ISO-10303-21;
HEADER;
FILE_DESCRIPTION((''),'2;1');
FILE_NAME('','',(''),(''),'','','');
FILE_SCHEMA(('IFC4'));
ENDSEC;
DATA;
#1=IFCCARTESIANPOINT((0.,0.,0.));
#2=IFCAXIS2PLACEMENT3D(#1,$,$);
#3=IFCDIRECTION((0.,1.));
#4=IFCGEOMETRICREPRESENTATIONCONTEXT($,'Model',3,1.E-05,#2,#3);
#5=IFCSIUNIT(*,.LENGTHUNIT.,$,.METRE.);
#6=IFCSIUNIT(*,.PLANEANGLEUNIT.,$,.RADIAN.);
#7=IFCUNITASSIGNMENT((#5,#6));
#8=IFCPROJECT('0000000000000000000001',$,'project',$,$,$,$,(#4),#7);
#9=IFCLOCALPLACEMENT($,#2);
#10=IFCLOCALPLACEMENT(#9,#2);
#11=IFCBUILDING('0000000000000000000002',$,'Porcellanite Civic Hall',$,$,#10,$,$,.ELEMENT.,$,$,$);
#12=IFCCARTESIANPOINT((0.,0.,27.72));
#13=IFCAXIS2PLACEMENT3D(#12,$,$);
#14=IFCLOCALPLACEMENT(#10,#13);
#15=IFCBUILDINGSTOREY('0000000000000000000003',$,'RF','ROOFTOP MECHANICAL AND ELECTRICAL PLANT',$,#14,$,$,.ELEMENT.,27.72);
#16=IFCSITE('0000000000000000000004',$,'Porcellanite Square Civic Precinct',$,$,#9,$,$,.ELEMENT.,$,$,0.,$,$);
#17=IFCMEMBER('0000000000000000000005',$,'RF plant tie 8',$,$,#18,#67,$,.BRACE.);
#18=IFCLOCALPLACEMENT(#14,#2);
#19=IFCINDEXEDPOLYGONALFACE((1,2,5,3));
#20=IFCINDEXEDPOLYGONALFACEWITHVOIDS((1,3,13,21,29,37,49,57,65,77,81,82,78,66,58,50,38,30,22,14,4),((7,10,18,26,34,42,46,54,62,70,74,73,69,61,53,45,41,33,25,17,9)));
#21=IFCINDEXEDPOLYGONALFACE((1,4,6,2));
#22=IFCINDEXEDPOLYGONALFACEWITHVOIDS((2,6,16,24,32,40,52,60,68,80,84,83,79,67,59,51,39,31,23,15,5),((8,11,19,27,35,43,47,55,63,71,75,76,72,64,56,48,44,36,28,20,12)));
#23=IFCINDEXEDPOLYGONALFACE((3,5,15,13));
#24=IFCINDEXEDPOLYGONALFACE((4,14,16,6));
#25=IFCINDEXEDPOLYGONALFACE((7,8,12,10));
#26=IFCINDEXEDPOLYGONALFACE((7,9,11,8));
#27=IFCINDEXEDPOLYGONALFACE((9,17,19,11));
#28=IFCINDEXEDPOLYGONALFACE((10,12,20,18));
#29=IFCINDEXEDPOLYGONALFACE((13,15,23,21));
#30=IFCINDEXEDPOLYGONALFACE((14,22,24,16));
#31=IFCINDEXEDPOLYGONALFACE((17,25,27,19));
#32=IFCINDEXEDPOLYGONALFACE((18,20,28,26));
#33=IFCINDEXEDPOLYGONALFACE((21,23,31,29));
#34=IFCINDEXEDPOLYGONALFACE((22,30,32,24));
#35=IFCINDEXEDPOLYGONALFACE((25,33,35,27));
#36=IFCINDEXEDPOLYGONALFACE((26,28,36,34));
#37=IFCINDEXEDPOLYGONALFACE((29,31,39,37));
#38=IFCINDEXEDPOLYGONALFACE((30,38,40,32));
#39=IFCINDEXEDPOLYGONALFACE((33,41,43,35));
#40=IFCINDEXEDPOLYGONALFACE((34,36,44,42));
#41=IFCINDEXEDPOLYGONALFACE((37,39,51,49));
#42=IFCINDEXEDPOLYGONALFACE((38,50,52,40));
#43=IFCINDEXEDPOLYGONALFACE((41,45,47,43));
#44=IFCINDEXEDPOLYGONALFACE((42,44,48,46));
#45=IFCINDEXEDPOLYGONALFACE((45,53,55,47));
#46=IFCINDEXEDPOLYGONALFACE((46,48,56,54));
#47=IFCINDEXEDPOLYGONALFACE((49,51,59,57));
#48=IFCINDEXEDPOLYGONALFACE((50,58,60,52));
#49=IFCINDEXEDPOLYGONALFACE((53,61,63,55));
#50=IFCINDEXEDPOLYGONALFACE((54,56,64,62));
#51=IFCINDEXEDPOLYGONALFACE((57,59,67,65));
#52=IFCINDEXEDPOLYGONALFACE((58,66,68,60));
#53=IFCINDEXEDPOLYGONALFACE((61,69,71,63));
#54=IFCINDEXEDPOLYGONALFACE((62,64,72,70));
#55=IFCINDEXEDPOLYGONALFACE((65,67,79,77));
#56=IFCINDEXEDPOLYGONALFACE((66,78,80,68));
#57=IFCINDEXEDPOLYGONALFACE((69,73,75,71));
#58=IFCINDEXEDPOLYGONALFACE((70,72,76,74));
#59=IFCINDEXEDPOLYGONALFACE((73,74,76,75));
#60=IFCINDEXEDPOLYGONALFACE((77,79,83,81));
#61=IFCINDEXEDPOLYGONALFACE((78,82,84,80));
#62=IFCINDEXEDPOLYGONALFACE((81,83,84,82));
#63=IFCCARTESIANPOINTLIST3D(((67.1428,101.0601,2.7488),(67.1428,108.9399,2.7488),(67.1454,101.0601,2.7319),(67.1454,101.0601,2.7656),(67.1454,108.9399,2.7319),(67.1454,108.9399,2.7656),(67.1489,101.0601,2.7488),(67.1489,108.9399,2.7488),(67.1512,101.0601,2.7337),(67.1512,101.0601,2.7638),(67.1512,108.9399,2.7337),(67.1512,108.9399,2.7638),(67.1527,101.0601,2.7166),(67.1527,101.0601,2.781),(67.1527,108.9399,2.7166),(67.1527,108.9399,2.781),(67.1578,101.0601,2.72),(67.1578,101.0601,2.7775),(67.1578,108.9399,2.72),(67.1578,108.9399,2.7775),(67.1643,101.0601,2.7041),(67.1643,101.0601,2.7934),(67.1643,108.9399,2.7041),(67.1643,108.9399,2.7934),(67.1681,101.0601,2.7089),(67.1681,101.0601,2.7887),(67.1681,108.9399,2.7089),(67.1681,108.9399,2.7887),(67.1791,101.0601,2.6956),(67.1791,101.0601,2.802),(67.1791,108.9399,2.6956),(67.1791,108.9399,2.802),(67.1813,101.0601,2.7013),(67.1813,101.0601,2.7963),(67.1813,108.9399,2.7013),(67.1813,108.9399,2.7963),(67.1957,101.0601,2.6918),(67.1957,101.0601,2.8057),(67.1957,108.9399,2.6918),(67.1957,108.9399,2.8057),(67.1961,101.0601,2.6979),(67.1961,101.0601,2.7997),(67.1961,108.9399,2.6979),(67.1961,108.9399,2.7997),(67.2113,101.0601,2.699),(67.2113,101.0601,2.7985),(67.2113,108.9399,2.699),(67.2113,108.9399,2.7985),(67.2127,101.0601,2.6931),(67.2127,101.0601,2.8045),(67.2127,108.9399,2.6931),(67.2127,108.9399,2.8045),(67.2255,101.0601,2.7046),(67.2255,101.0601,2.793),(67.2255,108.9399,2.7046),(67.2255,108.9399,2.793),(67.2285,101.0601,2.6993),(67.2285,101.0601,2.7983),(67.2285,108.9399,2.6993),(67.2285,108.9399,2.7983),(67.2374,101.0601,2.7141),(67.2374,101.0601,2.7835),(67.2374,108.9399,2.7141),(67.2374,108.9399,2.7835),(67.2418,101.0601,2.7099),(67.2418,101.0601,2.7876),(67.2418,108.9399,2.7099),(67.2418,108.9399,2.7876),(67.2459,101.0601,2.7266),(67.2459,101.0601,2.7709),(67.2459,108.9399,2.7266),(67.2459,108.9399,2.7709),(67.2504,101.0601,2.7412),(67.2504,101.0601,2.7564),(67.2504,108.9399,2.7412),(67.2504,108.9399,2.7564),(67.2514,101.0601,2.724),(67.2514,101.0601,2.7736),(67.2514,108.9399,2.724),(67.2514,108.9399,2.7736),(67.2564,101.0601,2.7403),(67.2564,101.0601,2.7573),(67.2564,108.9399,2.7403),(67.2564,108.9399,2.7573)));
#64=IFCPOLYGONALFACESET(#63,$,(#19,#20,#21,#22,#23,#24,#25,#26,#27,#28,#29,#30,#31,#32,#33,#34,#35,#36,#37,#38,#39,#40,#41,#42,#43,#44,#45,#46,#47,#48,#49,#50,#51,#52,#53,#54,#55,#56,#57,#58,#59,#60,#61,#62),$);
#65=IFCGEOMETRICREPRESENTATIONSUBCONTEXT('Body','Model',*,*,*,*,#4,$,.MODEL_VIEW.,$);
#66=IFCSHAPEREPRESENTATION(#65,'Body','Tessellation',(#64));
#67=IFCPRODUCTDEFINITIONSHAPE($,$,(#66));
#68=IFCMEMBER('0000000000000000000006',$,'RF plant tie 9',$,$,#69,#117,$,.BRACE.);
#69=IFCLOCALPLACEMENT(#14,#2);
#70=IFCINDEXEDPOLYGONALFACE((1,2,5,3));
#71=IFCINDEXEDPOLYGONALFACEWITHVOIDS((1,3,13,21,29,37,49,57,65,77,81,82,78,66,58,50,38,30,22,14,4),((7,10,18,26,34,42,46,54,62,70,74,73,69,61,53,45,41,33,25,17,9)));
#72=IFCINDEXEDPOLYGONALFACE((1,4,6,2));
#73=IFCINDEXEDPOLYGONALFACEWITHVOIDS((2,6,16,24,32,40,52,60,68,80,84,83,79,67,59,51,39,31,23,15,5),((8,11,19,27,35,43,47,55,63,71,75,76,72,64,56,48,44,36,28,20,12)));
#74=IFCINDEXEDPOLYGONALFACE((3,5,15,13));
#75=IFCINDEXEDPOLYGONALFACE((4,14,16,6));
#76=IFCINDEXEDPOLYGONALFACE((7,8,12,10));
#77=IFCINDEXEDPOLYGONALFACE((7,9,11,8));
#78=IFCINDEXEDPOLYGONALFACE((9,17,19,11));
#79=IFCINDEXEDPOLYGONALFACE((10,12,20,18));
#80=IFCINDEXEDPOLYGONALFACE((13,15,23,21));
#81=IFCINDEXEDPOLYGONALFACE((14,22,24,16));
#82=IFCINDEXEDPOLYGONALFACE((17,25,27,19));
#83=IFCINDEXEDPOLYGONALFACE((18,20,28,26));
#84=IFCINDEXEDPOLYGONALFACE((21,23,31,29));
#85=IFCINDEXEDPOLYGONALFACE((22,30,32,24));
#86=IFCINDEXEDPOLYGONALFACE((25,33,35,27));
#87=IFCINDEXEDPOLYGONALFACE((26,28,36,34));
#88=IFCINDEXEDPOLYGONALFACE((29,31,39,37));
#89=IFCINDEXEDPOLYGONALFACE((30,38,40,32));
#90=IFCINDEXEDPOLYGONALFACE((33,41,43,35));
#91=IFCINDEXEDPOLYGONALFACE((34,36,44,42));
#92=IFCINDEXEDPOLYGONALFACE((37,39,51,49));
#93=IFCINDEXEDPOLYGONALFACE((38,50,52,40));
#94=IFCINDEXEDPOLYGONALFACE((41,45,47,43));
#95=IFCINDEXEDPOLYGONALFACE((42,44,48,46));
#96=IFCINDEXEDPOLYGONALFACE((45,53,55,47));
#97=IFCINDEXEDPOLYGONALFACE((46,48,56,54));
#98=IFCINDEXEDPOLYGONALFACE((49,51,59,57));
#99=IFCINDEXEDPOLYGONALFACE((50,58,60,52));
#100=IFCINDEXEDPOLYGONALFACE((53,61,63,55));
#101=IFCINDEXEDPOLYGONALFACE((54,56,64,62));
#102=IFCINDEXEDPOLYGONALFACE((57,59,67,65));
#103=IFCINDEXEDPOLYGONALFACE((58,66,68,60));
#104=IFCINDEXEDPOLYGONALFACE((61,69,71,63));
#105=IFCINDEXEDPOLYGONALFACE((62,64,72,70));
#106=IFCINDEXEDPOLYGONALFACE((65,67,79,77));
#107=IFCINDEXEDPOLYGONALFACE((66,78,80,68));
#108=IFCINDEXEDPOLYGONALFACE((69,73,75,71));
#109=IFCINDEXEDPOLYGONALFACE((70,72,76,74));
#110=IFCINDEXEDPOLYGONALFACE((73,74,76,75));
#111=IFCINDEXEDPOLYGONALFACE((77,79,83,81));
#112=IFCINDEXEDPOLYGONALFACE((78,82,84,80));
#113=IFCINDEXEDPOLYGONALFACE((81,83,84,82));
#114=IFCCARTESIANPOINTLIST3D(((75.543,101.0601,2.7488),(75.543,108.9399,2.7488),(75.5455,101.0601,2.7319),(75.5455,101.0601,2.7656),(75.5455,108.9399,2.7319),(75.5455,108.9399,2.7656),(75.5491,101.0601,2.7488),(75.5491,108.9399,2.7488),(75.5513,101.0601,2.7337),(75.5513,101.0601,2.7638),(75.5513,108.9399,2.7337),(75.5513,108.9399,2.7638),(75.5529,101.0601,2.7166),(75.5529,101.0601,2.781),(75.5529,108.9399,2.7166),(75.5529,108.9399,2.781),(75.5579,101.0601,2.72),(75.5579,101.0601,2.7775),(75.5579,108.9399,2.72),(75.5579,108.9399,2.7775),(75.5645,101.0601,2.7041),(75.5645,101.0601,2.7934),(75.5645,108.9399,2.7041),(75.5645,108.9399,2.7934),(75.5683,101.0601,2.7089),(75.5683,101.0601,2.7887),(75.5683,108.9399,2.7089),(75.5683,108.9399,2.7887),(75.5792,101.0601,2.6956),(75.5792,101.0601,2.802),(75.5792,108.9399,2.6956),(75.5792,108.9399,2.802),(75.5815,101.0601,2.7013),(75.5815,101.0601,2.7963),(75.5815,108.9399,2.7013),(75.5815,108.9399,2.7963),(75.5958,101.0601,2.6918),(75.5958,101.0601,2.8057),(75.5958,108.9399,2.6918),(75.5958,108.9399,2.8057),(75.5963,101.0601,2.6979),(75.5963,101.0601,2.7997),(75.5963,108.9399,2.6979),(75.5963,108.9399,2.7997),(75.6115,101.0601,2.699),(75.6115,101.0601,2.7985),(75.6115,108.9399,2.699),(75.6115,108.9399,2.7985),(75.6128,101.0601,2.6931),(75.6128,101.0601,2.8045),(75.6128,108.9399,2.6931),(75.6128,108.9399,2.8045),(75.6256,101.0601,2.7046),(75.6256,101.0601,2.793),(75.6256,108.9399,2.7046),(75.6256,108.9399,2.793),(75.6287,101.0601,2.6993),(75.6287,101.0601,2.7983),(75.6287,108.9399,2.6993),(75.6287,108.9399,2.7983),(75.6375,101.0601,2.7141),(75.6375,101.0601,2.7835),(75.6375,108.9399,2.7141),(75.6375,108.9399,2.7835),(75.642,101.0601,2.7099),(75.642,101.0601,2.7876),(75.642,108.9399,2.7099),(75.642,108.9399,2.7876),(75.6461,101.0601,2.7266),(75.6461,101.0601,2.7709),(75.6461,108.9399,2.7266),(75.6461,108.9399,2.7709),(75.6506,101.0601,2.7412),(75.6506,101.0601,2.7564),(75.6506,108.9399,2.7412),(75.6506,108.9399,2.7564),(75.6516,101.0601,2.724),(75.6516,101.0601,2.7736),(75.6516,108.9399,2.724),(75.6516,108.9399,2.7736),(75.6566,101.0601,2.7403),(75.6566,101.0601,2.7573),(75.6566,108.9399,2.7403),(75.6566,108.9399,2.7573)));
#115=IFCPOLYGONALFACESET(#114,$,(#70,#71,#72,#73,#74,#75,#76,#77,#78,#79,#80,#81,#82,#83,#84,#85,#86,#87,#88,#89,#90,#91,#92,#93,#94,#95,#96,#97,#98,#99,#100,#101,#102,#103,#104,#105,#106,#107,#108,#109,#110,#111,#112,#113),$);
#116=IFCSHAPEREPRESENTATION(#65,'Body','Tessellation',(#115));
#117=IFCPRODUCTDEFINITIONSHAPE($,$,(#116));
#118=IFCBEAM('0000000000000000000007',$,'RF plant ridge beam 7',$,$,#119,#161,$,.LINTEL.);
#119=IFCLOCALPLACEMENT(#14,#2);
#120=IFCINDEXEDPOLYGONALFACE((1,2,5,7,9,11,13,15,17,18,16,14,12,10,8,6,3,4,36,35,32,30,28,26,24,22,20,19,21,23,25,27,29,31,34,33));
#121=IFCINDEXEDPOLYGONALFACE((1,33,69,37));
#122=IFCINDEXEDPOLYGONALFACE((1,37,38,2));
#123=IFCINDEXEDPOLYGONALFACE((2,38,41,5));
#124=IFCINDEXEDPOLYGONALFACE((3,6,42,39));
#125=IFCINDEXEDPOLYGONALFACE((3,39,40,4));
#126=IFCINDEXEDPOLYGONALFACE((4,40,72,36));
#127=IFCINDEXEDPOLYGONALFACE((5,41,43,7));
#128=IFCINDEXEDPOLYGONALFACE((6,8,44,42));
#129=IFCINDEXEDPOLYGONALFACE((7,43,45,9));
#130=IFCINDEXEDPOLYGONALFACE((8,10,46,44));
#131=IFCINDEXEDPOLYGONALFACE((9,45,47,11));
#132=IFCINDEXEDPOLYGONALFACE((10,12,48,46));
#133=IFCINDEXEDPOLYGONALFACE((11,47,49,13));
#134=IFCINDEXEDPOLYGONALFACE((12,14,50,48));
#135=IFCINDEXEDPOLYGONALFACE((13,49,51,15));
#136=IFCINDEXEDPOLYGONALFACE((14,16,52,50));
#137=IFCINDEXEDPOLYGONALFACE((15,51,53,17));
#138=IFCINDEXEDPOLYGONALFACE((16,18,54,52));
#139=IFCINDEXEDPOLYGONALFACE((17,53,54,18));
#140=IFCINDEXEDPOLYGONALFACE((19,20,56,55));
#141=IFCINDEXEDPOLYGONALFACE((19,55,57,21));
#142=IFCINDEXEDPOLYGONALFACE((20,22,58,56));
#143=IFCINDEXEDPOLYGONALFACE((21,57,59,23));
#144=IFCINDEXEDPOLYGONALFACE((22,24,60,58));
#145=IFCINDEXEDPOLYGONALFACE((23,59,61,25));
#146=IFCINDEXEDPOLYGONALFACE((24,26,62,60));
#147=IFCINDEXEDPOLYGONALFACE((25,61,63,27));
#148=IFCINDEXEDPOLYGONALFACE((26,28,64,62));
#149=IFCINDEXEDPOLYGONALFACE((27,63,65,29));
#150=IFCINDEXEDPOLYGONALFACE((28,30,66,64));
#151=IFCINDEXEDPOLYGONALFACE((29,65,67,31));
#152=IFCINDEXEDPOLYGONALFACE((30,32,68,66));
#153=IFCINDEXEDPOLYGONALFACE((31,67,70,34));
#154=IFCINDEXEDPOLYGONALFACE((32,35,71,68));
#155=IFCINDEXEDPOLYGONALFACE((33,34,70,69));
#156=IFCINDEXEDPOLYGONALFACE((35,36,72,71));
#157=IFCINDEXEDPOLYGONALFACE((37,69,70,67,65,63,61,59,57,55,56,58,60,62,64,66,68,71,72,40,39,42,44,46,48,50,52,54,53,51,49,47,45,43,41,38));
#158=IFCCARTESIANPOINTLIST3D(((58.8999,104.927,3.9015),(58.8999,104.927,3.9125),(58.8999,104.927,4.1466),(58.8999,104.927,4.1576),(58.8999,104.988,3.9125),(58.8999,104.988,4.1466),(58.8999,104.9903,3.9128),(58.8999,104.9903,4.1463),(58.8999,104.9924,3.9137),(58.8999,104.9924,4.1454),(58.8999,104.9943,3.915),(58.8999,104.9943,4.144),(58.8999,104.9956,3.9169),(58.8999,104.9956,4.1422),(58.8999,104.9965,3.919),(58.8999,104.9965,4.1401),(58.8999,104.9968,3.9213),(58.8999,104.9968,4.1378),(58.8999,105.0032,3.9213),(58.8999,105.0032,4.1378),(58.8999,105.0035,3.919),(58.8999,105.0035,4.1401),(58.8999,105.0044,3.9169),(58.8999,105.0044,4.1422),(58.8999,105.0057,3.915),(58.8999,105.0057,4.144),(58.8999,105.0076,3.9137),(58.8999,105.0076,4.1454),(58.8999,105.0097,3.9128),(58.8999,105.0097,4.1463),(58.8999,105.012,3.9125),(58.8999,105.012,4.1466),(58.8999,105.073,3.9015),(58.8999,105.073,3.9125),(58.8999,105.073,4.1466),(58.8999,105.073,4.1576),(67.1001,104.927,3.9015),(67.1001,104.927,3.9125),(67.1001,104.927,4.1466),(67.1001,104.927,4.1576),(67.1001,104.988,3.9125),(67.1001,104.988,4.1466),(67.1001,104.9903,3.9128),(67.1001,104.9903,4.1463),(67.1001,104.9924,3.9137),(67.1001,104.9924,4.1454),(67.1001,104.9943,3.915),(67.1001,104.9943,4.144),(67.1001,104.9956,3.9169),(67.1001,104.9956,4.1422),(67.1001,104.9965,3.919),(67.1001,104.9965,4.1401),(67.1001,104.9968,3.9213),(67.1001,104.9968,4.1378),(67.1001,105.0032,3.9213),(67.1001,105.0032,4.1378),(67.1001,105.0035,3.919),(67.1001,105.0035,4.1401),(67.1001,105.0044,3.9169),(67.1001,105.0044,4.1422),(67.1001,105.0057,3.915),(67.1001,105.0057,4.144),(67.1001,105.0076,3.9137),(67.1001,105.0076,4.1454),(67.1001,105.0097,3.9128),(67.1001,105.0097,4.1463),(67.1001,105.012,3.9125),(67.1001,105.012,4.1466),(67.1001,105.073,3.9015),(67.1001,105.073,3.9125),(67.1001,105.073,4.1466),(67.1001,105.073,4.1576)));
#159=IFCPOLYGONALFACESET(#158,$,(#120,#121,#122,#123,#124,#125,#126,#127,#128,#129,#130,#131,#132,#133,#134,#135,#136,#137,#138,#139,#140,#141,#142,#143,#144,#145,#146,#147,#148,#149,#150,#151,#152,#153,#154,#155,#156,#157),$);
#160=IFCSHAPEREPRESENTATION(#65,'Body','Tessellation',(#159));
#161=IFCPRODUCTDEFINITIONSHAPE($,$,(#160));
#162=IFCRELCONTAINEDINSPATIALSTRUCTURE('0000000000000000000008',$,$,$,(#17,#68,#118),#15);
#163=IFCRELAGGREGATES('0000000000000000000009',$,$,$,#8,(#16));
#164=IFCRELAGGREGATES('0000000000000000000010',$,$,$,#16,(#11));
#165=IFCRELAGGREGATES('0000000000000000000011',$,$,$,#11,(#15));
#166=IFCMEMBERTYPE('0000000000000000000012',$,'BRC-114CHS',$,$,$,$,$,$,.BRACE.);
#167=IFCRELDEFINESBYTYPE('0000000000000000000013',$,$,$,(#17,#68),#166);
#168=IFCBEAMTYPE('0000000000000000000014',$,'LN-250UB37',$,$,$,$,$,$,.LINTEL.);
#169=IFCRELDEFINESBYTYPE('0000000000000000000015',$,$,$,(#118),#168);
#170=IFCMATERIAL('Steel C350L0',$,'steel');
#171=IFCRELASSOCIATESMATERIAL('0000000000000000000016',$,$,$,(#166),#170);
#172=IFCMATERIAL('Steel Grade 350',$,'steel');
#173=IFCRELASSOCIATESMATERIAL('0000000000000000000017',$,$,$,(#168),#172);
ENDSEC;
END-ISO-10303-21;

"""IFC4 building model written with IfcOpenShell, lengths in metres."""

from ifc_helpers import new_model, si_unit, direction, frame, origin, origin_2d, place, context, subcontext, project, spatial, hollow_circle, i_section, extrude, material, material_profile, profile_set, type_object, element, save


model = new_model("IFC4")

# Units and contexts
model_context = context("Model", 3, precision=1e-05, world=origin(), true_north=direction((0.0, 1.0)))
body_context = subcontext(model_context, "Body", "Model", "MODEL_VIEW")
ifc_project = project(units=[si_unit("LENGTHUNIT", "METRE"), si_unit("PLANEANGLEUNIT", "RADIAN")], contexts=[model_context])

# Site, building, storey
site_placement = place(None, origin())
site = spatial("IfcSite", under=ifc_project, at=site_placement, Name="Porcellanite Square Civic Precinct", CompositionType="ELEMENT", RefElevation=0.0)
building_placement = place(site_placement, origin())
building = spatial("IfcBuilding", under=site, at=building_placement, Name="Porcellanite Civic Hall", CompositionType="ELEMENT")
storey_placement = place(building_placement, frame((0.0, 0.0, 27.72)))
storey = spatial("IfcBuildingStorey", under=building, at=storey_placement, Name="RF", Description="ROOFTOP MECHANICAL AND ELECTRICAL PLANT", CompositionType="ELEMENT", Elevation=27.72)

# Members
ifc_material_1 = material(Name="Steel C350L0", Category="steel")
ifc_material_profile_1 = material_profile(ifc_material_1, hollow_circle(Radius=0.0571, WallThickness=0.0061, at=origin_2d()), Name="114.3x6.0CHS")
ifc_profile_set_1 = profile_set([ifc_material_profile_1], Name="Steel C350L0")
member_type = type_object("IfcMemberType", Name="BRC-114CHS", PredefinedType="BRACE", material=ifc_profile_set_1)
for number, where, z_axis, x_axis, name in (
    (1, (67.2, 101.0601, 2.7488), (0.0, 1.0, 0.0), (-1.0, 0.0, 0.0), "RF plant tie 8"),
    (2, (75.6001, 101.0601, 2.7488), (0.0, 1.0, 0.0), (-1.0, 0.0, 0.0), "RF plant tie 9"),
):
    element("IfcMember", number, at=place(storey_placement, frame(where, z_axis=z_axis, x_axis=x_axis)), inside=storey, type_object=member_type, Name=name, PredefinedType="BRACE", context=body_context, shape_type="SweptSolid", body=[
        extrude(hollow_circle(Radius=0.0571, WallThickness=0.0061, at=origin_2d()), origin(), (0.0, 0.0, 1.0), 7.8799),
    ])

# Beam
ifc_material_2 = material(Name="Steel Grade 350", Category="steel")
ifc_material_profile_2 = material_profile(ifc_material_2, i_section(OverallWidth=0.146, OverallDepth=0.2561, WebThickness=0.0063, FlangeThickness=0.011, FilletRadius=0.0088, at=origin_2d()), Name="250UB37.3")
ifc_profile_set_2 = profile_set([ifc_material_profile_2], Name="Steel Grade 350")
beam_type_1 = type_object("IfcBeamType", Name="LN-250UB37", PredefinedType="LINTEL", material=ifc_profile_set_2)
beam_1_placement = place(storey_placement, frame((58.8999, 105.0, 4.0295), z_axis=(1.0, 0.0, 0.0), x_axis=(0.0, 1.0, 0.0)))
element("IfcBeam", 3, at=beam_1_placement, inside=storey, type_object=beam_type_1, Name="RF plant ridge beam 7", PredefinedType="LINTEL", context=body_context, shape_type="SweptSolid", body=[
    extrude(i_section(OverallWidth=0.146, OverallDepth=0.2561, WebThickness=0.0063, FlangeThickness=0.011, FilletRadius=0.0088, at=origin_2d()), origin(), (0.0, 0.0, 1.0), 8.2002),
])

save(model, "model.ifc")
